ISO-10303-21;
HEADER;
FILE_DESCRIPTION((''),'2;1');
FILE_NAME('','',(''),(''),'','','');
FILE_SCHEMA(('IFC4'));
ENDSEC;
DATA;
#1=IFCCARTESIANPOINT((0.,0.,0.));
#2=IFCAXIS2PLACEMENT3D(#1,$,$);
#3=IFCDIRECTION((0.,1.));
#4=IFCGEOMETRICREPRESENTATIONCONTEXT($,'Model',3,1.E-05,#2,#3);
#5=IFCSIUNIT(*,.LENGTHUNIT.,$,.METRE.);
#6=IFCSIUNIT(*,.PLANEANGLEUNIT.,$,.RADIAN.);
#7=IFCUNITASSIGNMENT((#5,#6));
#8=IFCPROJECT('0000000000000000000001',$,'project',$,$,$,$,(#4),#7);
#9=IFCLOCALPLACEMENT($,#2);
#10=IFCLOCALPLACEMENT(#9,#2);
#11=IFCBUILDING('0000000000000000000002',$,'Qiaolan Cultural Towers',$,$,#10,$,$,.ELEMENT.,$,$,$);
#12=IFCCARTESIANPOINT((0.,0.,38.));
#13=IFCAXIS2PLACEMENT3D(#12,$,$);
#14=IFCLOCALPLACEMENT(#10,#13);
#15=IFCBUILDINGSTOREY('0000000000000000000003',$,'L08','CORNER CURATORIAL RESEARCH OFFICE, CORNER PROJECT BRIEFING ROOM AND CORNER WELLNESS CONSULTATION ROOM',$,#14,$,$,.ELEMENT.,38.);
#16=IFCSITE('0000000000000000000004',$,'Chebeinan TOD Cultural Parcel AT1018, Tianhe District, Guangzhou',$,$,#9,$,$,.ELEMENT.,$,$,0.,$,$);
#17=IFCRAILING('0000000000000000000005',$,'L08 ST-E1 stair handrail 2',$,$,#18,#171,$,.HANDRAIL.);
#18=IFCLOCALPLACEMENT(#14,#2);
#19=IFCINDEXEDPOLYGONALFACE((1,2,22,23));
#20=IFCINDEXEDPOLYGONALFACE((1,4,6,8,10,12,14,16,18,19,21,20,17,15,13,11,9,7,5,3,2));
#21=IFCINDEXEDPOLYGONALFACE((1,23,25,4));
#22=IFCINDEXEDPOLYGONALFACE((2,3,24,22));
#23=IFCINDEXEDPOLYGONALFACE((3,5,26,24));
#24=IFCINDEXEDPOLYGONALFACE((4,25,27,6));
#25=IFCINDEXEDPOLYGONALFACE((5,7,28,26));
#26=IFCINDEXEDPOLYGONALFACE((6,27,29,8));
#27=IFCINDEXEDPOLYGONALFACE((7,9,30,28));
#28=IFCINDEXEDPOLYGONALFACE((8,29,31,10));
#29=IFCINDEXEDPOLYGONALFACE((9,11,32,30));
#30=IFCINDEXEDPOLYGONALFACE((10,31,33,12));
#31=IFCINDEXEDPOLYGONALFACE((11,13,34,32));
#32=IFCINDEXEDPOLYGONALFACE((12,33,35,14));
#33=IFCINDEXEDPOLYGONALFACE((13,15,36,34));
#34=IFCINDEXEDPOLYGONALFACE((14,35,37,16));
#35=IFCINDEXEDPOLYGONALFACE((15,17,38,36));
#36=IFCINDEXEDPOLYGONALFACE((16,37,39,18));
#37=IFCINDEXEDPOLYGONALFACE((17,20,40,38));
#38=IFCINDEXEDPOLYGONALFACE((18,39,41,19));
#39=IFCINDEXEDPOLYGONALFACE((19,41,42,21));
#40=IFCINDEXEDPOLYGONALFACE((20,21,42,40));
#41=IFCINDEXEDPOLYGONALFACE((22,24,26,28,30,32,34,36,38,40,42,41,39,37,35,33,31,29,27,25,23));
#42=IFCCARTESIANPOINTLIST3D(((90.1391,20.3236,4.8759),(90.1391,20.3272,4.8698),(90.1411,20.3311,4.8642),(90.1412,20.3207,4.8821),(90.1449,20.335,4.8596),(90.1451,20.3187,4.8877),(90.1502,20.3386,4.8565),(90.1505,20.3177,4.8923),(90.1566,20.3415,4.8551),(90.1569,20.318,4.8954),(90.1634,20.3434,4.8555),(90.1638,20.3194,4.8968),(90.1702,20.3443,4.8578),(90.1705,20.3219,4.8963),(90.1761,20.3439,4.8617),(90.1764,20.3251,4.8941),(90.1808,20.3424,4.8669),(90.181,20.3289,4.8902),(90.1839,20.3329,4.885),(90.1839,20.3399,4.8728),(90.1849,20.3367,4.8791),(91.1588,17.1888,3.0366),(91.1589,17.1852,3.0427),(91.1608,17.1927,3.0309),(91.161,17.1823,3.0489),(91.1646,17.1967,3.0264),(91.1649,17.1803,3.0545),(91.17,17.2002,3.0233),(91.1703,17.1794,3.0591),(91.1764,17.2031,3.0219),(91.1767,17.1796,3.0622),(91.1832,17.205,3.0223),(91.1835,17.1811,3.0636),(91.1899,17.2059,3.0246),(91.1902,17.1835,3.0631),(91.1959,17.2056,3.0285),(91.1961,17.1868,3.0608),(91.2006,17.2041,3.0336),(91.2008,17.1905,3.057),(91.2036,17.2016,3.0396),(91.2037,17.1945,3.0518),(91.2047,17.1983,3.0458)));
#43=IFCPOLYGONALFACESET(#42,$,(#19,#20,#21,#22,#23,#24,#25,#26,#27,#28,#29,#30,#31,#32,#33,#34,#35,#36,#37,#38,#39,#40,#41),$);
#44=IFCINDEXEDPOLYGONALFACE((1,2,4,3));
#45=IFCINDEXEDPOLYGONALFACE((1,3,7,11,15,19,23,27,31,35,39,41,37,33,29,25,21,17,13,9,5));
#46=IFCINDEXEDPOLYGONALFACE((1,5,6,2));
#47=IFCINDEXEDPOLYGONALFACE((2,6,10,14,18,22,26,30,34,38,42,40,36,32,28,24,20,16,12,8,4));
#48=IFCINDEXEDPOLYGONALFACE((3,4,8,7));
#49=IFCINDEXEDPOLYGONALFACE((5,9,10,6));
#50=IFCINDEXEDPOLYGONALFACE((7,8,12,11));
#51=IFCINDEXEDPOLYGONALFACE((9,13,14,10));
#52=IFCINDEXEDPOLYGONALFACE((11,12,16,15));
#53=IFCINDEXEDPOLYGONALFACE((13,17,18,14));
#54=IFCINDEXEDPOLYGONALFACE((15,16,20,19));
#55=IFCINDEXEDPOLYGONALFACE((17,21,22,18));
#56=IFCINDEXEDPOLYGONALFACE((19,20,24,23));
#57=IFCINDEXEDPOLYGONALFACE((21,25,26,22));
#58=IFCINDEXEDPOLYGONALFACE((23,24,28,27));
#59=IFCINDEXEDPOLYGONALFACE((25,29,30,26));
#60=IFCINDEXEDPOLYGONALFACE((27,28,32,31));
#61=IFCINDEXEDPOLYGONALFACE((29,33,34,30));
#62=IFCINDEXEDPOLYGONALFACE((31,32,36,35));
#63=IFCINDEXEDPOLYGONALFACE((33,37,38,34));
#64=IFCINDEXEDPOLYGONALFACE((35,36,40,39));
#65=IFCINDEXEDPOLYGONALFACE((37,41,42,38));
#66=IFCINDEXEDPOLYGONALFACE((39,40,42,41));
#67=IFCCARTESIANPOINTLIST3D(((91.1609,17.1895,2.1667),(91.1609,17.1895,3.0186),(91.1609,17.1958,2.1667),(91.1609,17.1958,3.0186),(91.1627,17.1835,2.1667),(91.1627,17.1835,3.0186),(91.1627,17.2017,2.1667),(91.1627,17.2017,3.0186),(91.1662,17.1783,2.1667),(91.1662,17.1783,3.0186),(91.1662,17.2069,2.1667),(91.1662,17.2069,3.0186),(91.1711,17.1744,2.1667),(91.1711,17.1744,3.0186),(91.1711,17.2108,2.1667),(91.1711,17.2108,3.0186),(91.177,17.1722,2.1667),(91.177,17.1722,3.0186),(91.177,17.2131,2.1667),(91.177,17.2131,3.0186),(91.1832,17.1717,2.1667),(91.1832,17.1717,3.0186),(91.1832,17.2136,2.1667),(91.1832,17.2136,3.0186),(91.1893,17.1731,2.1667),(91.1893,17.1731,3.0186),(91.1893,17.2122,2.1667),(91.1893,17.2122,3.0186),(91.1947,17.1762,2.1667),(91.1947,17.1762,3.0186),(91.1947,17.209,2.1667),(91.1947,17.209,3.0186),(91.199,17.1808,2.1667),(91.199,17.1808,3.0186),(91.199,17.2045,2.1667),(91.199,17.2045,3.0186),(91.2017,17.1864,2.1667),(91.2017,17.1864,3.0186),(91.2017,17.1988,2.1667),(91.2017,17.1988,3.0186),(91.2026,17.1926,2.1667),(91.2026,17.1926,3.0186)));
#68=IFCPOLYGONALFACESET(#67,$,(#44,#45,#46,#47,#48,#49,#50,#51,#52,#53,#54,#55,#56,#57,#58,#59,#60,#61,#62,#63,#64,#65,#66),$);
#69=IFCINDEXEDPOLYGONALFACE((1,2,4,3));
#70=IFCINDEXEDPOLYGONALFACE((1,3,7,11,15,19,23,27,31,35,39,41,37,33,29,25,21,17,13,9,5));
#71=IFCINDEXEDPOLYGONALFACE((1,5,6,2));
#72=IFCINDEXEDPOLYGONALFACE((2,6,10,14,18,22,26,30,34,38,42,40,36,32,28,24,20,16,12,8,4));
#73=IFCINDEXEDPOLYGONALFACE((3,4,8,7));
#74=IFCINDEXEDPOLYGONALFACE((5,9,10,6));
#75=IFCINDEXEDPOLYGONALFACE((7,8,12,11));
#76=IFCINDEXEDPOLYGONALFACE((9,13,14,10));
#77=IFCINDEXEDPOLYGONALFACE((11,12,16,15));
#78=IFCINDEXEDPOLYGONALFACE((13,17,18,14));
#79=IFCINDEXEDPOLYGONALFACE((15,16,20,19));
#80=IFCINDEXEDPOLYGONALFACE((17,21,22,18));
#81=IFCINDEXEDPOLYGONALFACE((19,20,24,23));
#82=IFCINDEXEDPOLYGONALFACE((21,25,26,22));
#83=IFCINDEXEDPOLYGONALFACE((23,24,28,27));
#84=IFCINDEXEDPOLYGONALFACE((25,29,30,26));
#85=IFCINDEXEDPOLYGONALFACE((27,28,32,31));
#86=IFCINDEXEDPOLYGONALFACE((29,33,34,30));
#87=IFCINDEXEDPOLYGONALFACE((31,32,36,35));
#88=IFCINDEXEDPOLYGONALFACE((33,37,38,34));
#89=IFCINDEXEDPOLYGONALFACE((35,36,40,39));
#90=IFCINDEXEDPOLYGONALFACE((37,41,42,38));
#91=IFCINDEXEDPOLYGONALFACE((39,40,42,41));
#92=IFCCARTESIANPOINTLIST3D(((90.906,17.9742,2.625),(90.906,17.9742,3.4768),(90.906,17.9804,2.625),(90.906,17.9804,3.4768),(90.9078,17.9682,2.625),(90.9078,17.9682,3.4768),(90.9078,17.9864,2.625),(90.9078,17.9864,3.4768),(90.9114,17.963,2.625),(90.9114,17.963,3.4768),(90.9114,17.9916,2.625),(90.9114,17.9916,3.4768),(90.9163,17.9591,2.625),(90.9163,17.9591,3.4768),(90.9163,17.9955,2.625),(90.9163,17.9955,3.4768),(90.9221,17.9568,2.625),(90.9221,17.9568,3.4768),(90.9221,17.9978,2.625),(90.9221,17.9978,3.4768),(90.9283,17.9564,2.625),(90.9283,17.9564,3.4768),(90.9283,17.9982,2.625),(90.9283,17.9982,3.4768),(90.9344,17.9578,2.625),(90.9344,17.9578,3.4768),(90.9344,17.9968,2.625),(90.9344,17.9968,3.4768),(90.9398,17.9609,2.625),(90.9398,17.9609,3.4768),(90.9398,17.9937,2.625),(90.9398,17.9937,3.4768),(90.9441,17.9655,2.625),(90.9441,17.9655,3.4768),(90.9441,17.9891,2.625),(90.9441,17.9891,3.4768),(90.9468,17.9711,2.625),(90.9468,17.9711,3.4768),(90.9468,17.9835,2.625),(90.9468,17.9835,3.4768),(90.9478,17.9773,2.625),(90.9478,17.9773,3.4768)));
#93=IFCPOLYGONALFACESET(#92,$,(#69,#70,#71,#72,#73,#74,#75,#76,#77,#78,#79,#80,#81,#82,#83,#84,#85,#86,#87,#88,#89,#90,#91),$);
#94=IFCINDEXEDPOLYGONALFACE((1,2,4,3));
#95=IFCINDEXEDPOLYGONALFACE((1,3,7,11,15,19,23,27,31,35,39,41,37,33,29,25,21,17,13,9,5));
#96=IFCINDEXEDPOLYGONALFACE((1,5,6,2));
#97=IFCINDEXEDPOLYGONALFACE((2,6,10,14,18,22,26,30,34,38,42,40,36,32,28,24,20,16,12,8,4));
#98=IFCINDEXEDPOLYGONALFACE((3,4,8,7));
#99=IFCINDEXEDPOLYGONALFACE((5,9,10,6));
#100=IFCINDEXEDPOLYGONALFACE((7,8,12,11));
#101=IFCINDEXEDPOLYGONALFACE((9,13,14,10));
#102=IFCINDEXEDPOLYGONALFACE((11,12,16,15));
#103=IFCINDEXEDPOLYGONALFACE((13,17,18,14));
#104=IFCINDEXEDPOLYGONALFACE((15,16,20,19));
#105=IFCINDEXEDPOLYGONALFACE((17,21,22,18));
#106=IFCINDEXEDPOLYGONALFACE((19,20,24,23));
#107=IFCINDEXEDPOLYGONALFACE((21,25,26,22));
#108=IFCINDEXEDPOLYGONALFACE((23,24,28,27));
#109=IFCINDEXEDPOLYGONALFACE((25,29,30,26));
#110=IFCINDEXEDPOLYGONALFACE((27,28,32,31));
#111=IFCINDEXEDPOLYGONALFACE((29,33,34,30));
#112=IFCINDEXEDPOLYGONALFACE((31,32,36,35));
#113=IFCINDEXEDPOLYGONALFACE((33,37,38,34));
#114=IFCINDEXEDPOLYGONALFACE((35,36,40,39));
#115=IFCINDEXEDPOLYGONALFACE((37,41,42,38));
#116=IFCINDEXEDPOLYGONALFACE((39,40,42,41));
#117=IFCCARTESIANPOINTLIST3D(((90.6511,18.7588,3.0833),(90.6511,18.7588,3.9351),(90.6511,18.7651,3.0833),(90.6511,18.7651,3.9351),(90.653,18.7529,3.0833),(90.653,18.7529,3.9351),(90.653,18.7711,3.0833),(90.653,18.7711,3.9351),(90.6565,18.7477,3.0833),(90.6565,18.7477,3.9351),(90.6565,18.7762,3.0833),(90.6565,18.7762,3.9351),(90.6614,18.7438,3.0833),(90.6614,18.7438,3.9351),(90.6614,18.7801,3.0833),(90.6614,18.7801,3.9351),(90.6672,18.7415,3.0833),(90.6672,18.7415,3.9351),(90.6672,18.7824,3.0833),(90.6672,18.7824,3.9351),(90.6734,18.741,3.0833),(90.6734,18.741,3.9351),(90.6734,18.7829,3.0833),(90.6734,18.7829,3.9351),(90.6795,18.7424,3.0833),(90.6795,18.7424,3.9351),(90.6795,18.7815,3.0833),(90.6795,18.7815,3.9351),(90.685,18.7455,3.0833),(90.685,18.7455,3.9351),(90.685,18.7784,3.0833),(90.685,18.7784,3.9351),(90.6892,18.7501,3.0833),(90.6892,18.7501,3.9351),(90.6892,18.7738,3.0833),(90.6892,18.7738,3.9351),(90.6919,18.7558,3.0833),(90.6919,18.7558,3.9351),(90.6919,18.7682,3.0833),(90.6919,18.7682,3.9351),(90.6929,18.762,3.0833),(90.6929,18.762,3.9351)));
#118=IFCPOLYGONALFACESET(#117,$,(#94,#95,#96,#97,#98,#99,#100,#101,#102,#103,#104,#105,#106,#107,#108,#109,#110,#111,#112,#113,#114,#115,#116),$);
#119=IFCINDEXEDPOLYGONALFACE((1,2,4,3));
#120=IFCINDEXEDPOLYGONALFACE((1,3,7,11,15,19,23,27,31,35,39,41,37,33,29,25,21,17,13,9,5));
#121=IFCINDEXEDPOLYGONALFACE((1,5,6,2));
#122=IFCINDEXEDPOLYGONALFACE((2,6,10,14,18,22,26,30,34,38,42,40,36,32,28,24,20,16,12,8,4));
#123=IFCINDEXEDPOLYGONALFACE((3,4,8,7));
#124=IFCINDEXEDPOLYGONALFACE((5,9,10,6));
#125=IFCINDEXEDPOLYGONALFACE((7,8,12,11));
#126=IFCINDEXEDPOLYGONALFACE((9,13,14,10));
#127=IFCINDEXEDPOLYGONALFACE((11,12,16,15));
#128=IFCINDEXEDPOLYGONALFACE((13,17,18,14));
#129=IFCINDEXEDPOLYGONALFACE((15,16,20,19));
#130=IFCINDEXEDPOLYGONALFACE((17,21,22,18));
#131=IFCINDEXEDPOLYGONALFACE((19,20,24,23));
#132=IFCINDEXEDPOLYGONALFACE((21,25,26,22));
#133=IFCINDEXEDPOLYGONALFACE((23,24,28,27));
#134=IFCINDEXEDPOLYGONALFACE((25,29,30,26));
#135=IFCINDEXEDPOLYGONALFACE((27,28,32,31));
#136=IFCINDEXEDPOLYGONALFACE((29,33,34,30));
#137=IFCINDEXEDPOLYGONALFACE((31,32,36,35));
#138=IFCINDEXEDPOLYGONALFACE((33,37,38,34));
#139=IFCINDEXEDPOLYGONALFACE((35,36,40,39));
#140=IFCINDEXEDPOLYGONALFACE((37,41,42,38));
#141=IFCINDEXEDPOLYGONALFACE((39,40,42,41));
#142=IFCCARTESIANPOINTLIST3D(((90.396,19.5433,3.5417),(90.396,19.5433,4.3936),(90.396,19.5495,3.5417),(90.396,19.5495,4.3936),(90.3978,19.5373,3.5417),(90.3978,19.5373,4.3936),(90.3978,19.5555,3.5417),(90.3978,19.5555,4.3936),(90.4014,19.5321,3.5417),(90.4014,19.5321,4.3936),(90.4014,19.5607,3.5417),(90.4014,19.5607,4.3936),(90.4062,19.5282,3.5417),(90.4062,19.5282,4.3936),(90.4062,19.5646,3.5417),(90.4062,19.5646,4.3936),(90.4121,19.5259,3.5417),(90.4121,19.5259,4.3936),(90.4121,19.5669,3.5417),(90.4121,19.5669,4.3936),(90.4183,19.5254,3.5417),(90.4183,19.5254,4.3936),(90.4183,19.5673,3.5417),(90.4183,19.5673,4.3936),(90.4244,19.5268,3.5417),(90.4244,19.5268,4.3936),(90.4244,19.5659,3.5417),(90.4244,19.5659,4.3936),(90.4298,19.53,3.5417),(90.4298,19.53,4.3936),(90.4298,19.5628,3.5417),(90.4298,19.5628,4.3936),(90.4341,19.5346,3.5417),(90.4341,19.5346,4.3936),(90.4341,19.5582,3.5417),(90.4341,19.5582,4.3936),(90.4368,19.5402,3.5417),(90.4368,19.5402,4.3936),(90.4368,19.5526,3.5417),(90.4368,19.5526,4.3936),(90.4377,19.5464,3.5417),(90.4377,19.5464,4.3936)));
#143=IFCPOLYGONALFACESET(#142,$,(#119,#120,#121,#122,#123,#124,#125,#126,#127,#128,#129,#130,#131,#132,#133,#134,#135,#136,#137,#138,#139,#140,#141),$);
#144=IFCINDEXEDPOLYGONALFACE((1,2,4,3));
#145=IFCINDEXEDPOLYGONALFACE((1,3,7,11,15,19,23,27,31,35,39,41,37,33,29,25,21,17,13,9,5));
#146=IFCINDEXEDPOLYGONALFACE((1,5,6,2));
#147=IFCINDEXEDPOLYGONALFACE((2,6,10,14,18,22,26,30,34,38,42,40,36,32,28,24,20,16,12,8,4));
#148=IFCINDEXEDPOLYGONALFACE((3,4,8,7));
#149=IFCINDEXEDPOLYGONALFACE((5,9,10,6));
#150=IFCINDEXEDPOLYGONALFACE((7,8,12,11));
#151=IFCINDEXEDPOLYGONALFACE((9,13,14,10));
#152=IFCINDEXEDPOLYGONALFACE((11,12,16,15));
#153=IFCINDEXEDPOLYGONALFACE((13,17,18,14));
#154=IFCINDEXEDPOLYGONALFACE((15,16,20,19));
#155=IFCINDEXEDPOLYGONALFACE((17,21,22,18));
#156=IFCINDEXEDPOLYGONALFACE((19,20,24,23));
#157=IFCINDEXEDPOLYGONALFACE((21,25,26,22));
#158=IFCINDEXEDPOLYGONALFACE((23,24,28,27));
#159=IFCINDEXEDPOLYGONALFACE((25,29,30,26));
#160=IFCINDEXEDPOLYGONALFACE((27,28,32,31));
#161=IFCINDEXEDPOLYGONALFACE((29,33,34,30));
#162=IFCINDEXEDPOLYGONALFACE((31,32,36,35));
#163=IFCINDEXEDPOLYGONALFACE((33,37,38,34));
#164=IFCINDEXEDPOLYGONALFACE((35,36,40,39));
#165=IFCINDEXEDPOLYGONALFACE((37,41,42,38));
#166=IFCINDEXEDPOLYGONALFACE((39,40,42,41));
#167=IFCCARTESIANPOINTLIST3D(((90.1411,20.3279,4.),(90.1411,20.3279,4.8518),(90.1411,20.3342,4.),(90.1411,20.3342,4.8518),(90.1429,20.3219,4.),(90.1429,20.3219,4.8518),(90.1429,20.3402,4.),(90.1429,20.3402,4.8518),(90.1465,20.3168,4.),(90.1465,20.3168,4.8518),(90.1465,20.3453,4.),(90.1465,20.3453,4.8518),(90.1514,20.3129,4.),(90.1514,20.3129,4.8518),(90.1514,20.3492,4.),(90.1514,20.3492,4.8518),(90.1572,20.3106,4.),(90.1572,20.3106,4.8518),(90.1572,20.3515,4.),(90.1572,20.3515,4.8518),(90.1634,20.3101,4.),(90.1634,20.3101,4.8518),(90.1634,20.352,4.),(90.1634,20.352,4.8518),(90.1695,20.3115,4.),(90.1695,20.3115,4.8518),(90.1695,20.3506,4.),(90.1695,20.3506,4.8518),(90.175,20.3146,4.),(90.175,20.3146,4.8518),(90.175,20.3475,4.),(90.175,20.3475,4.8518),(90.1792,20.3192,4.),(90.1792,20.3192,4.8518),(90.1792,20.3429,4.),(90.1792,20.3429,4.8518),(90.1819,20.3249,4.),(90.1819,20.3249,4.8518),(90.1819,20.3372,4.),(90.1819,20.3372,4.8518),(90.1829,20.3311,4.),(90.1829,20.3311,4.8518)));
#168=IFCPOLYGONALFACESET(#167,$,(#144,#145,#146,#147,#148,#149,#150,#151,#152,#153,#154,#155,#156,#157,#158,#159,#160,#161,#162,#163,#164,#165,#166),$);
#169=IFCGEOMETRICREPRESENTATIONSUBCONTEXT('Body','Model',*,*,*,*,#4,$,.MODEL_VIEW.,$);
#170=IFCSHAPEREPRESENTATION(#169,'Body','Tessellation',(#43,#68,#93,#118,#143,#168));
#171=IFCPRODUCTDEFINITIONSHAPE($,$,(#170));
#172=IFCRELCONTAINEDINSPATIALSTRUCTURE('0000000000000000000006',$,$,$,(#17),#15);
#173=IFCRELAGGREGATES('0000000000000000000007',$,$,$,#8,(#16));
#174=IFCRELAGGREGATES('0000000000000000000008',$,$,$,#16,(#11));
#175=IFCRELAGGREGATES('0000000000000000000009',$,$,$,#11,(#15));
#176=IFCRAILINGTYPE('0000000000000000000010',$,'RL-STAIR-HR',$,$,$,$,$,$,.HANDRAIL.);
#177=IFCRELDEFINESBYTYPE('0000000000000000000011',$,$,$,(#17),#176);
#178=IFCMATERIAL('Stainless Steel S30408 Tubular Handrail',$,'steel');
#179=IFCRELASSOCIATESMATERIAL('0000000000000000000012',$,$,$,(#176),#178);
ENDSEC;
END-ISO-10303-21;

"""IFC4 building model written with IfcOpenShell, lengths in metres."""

from ifc_helpers import new_model, si_unit, direction, frame, origin, origin_2d, place, context, subcontext, project, spatial, circle, extrude, material, type_object, element, save


model = new_model("IFC4")

# Units and contexts
model_context = context("Model", 3, precision=1e-05, world=origin(), true_north=direction((0.0, 1.0)))
body_context = subcontext(model_context, "Body", "Model", "MODEL_VIEW")
ifc_project = project(units=[si_unit("LENGTHUNIT", "METRE"), si_unit("PLANEANGLEUNIT", "RADIAN")], contexts=[model_context])

# Site, building, storey
site_placement = place(None, origin())
site = spatial("IfcSite", under=ifc_project, at=site_placement, Name="Chebeinan TOD Cultural Parcel AT1018, Tianhe District, Guangzhou", CompositionType="ELEMENT", RefElevation=0.0)
building_placement = place(site_placement, origin())
building = spatial("IfcBuilding", under=site, at=building_placement, Name="Qiaolan Cultural Towers", CompositionType="ELEMENT")
storey_placement = place(building_placement, frame((0.0, 0.0, 38.0)))
storey = spatial("IfcBuildingStorey", under=building, at=storey_placement, Name="L08", Description="CORNER CURATORIAL RESEARCH OFFICE, CORNER PROJECT BRIEFING ROOM AND CORNER WELLNESS CONSULTATION ROOM", CompositionType="ELEMENT", Elevation=38.0)

# Railing
ifc_material_1 = material(Name="Stainless Steel S30408 Tubular Handrail", Category="steel")
railing_type = type_object("IfcRailingType", Name="RL-STAIR-HR", PredefinedType="HANDRAIL", material=ifc_material_1)
railing_placement = place(storey_placement, frame((91.1816, 17.1926, 2.1667)))
element("IfcRailing", 1, at=railing_placement, inside=storey, type_object=railing_type, Name="L08 ST-E1 stair handrail 2", PredefinedType="HANDRAIL", context=body_context, shape_type="SweptSolid", body=[
    extrude(circle(Radius=0.0239, at=origin_2d()), frame((0.0, 0.0, 0.876), z_axis=(-0.270141, 0.831376, 0.485632), x_axis=(-0.951053, -0.309028, 0.0)), (0.0, 0.0, 1.0), 3.7749),
    extrude(circle(Radius=0.021, at=origin_2d()), origin(), (0.0, 0.0, 1.0), 0.8518),
    extrude(circle(Radius=0.021, at=origin_2d()), frame((-0.2549, 0.7847, 0.4583)), (0.0, 0.0, 1.0), 0.8518),
    extrude(circle(Radius=0.021, at=origin_2d()), frame((-0.5098, 1.5693, 0.9165)), (0.0, 0.0, 1.0), 0.8518),
    extrude(circle(Radius=0.021, at=origin_2d()), frame((-0.7649, 2.3538, 1.375)), (0.0, 0.0, 1.0), 0.8518),
    extrude(circle(Radius=0.021, at=origin_2d()), frame((-1.0198, 3.1384, 1.8333)), (0.0, 0.0, 1.0), 0.8518),
])

save(model, "model.ifc")
